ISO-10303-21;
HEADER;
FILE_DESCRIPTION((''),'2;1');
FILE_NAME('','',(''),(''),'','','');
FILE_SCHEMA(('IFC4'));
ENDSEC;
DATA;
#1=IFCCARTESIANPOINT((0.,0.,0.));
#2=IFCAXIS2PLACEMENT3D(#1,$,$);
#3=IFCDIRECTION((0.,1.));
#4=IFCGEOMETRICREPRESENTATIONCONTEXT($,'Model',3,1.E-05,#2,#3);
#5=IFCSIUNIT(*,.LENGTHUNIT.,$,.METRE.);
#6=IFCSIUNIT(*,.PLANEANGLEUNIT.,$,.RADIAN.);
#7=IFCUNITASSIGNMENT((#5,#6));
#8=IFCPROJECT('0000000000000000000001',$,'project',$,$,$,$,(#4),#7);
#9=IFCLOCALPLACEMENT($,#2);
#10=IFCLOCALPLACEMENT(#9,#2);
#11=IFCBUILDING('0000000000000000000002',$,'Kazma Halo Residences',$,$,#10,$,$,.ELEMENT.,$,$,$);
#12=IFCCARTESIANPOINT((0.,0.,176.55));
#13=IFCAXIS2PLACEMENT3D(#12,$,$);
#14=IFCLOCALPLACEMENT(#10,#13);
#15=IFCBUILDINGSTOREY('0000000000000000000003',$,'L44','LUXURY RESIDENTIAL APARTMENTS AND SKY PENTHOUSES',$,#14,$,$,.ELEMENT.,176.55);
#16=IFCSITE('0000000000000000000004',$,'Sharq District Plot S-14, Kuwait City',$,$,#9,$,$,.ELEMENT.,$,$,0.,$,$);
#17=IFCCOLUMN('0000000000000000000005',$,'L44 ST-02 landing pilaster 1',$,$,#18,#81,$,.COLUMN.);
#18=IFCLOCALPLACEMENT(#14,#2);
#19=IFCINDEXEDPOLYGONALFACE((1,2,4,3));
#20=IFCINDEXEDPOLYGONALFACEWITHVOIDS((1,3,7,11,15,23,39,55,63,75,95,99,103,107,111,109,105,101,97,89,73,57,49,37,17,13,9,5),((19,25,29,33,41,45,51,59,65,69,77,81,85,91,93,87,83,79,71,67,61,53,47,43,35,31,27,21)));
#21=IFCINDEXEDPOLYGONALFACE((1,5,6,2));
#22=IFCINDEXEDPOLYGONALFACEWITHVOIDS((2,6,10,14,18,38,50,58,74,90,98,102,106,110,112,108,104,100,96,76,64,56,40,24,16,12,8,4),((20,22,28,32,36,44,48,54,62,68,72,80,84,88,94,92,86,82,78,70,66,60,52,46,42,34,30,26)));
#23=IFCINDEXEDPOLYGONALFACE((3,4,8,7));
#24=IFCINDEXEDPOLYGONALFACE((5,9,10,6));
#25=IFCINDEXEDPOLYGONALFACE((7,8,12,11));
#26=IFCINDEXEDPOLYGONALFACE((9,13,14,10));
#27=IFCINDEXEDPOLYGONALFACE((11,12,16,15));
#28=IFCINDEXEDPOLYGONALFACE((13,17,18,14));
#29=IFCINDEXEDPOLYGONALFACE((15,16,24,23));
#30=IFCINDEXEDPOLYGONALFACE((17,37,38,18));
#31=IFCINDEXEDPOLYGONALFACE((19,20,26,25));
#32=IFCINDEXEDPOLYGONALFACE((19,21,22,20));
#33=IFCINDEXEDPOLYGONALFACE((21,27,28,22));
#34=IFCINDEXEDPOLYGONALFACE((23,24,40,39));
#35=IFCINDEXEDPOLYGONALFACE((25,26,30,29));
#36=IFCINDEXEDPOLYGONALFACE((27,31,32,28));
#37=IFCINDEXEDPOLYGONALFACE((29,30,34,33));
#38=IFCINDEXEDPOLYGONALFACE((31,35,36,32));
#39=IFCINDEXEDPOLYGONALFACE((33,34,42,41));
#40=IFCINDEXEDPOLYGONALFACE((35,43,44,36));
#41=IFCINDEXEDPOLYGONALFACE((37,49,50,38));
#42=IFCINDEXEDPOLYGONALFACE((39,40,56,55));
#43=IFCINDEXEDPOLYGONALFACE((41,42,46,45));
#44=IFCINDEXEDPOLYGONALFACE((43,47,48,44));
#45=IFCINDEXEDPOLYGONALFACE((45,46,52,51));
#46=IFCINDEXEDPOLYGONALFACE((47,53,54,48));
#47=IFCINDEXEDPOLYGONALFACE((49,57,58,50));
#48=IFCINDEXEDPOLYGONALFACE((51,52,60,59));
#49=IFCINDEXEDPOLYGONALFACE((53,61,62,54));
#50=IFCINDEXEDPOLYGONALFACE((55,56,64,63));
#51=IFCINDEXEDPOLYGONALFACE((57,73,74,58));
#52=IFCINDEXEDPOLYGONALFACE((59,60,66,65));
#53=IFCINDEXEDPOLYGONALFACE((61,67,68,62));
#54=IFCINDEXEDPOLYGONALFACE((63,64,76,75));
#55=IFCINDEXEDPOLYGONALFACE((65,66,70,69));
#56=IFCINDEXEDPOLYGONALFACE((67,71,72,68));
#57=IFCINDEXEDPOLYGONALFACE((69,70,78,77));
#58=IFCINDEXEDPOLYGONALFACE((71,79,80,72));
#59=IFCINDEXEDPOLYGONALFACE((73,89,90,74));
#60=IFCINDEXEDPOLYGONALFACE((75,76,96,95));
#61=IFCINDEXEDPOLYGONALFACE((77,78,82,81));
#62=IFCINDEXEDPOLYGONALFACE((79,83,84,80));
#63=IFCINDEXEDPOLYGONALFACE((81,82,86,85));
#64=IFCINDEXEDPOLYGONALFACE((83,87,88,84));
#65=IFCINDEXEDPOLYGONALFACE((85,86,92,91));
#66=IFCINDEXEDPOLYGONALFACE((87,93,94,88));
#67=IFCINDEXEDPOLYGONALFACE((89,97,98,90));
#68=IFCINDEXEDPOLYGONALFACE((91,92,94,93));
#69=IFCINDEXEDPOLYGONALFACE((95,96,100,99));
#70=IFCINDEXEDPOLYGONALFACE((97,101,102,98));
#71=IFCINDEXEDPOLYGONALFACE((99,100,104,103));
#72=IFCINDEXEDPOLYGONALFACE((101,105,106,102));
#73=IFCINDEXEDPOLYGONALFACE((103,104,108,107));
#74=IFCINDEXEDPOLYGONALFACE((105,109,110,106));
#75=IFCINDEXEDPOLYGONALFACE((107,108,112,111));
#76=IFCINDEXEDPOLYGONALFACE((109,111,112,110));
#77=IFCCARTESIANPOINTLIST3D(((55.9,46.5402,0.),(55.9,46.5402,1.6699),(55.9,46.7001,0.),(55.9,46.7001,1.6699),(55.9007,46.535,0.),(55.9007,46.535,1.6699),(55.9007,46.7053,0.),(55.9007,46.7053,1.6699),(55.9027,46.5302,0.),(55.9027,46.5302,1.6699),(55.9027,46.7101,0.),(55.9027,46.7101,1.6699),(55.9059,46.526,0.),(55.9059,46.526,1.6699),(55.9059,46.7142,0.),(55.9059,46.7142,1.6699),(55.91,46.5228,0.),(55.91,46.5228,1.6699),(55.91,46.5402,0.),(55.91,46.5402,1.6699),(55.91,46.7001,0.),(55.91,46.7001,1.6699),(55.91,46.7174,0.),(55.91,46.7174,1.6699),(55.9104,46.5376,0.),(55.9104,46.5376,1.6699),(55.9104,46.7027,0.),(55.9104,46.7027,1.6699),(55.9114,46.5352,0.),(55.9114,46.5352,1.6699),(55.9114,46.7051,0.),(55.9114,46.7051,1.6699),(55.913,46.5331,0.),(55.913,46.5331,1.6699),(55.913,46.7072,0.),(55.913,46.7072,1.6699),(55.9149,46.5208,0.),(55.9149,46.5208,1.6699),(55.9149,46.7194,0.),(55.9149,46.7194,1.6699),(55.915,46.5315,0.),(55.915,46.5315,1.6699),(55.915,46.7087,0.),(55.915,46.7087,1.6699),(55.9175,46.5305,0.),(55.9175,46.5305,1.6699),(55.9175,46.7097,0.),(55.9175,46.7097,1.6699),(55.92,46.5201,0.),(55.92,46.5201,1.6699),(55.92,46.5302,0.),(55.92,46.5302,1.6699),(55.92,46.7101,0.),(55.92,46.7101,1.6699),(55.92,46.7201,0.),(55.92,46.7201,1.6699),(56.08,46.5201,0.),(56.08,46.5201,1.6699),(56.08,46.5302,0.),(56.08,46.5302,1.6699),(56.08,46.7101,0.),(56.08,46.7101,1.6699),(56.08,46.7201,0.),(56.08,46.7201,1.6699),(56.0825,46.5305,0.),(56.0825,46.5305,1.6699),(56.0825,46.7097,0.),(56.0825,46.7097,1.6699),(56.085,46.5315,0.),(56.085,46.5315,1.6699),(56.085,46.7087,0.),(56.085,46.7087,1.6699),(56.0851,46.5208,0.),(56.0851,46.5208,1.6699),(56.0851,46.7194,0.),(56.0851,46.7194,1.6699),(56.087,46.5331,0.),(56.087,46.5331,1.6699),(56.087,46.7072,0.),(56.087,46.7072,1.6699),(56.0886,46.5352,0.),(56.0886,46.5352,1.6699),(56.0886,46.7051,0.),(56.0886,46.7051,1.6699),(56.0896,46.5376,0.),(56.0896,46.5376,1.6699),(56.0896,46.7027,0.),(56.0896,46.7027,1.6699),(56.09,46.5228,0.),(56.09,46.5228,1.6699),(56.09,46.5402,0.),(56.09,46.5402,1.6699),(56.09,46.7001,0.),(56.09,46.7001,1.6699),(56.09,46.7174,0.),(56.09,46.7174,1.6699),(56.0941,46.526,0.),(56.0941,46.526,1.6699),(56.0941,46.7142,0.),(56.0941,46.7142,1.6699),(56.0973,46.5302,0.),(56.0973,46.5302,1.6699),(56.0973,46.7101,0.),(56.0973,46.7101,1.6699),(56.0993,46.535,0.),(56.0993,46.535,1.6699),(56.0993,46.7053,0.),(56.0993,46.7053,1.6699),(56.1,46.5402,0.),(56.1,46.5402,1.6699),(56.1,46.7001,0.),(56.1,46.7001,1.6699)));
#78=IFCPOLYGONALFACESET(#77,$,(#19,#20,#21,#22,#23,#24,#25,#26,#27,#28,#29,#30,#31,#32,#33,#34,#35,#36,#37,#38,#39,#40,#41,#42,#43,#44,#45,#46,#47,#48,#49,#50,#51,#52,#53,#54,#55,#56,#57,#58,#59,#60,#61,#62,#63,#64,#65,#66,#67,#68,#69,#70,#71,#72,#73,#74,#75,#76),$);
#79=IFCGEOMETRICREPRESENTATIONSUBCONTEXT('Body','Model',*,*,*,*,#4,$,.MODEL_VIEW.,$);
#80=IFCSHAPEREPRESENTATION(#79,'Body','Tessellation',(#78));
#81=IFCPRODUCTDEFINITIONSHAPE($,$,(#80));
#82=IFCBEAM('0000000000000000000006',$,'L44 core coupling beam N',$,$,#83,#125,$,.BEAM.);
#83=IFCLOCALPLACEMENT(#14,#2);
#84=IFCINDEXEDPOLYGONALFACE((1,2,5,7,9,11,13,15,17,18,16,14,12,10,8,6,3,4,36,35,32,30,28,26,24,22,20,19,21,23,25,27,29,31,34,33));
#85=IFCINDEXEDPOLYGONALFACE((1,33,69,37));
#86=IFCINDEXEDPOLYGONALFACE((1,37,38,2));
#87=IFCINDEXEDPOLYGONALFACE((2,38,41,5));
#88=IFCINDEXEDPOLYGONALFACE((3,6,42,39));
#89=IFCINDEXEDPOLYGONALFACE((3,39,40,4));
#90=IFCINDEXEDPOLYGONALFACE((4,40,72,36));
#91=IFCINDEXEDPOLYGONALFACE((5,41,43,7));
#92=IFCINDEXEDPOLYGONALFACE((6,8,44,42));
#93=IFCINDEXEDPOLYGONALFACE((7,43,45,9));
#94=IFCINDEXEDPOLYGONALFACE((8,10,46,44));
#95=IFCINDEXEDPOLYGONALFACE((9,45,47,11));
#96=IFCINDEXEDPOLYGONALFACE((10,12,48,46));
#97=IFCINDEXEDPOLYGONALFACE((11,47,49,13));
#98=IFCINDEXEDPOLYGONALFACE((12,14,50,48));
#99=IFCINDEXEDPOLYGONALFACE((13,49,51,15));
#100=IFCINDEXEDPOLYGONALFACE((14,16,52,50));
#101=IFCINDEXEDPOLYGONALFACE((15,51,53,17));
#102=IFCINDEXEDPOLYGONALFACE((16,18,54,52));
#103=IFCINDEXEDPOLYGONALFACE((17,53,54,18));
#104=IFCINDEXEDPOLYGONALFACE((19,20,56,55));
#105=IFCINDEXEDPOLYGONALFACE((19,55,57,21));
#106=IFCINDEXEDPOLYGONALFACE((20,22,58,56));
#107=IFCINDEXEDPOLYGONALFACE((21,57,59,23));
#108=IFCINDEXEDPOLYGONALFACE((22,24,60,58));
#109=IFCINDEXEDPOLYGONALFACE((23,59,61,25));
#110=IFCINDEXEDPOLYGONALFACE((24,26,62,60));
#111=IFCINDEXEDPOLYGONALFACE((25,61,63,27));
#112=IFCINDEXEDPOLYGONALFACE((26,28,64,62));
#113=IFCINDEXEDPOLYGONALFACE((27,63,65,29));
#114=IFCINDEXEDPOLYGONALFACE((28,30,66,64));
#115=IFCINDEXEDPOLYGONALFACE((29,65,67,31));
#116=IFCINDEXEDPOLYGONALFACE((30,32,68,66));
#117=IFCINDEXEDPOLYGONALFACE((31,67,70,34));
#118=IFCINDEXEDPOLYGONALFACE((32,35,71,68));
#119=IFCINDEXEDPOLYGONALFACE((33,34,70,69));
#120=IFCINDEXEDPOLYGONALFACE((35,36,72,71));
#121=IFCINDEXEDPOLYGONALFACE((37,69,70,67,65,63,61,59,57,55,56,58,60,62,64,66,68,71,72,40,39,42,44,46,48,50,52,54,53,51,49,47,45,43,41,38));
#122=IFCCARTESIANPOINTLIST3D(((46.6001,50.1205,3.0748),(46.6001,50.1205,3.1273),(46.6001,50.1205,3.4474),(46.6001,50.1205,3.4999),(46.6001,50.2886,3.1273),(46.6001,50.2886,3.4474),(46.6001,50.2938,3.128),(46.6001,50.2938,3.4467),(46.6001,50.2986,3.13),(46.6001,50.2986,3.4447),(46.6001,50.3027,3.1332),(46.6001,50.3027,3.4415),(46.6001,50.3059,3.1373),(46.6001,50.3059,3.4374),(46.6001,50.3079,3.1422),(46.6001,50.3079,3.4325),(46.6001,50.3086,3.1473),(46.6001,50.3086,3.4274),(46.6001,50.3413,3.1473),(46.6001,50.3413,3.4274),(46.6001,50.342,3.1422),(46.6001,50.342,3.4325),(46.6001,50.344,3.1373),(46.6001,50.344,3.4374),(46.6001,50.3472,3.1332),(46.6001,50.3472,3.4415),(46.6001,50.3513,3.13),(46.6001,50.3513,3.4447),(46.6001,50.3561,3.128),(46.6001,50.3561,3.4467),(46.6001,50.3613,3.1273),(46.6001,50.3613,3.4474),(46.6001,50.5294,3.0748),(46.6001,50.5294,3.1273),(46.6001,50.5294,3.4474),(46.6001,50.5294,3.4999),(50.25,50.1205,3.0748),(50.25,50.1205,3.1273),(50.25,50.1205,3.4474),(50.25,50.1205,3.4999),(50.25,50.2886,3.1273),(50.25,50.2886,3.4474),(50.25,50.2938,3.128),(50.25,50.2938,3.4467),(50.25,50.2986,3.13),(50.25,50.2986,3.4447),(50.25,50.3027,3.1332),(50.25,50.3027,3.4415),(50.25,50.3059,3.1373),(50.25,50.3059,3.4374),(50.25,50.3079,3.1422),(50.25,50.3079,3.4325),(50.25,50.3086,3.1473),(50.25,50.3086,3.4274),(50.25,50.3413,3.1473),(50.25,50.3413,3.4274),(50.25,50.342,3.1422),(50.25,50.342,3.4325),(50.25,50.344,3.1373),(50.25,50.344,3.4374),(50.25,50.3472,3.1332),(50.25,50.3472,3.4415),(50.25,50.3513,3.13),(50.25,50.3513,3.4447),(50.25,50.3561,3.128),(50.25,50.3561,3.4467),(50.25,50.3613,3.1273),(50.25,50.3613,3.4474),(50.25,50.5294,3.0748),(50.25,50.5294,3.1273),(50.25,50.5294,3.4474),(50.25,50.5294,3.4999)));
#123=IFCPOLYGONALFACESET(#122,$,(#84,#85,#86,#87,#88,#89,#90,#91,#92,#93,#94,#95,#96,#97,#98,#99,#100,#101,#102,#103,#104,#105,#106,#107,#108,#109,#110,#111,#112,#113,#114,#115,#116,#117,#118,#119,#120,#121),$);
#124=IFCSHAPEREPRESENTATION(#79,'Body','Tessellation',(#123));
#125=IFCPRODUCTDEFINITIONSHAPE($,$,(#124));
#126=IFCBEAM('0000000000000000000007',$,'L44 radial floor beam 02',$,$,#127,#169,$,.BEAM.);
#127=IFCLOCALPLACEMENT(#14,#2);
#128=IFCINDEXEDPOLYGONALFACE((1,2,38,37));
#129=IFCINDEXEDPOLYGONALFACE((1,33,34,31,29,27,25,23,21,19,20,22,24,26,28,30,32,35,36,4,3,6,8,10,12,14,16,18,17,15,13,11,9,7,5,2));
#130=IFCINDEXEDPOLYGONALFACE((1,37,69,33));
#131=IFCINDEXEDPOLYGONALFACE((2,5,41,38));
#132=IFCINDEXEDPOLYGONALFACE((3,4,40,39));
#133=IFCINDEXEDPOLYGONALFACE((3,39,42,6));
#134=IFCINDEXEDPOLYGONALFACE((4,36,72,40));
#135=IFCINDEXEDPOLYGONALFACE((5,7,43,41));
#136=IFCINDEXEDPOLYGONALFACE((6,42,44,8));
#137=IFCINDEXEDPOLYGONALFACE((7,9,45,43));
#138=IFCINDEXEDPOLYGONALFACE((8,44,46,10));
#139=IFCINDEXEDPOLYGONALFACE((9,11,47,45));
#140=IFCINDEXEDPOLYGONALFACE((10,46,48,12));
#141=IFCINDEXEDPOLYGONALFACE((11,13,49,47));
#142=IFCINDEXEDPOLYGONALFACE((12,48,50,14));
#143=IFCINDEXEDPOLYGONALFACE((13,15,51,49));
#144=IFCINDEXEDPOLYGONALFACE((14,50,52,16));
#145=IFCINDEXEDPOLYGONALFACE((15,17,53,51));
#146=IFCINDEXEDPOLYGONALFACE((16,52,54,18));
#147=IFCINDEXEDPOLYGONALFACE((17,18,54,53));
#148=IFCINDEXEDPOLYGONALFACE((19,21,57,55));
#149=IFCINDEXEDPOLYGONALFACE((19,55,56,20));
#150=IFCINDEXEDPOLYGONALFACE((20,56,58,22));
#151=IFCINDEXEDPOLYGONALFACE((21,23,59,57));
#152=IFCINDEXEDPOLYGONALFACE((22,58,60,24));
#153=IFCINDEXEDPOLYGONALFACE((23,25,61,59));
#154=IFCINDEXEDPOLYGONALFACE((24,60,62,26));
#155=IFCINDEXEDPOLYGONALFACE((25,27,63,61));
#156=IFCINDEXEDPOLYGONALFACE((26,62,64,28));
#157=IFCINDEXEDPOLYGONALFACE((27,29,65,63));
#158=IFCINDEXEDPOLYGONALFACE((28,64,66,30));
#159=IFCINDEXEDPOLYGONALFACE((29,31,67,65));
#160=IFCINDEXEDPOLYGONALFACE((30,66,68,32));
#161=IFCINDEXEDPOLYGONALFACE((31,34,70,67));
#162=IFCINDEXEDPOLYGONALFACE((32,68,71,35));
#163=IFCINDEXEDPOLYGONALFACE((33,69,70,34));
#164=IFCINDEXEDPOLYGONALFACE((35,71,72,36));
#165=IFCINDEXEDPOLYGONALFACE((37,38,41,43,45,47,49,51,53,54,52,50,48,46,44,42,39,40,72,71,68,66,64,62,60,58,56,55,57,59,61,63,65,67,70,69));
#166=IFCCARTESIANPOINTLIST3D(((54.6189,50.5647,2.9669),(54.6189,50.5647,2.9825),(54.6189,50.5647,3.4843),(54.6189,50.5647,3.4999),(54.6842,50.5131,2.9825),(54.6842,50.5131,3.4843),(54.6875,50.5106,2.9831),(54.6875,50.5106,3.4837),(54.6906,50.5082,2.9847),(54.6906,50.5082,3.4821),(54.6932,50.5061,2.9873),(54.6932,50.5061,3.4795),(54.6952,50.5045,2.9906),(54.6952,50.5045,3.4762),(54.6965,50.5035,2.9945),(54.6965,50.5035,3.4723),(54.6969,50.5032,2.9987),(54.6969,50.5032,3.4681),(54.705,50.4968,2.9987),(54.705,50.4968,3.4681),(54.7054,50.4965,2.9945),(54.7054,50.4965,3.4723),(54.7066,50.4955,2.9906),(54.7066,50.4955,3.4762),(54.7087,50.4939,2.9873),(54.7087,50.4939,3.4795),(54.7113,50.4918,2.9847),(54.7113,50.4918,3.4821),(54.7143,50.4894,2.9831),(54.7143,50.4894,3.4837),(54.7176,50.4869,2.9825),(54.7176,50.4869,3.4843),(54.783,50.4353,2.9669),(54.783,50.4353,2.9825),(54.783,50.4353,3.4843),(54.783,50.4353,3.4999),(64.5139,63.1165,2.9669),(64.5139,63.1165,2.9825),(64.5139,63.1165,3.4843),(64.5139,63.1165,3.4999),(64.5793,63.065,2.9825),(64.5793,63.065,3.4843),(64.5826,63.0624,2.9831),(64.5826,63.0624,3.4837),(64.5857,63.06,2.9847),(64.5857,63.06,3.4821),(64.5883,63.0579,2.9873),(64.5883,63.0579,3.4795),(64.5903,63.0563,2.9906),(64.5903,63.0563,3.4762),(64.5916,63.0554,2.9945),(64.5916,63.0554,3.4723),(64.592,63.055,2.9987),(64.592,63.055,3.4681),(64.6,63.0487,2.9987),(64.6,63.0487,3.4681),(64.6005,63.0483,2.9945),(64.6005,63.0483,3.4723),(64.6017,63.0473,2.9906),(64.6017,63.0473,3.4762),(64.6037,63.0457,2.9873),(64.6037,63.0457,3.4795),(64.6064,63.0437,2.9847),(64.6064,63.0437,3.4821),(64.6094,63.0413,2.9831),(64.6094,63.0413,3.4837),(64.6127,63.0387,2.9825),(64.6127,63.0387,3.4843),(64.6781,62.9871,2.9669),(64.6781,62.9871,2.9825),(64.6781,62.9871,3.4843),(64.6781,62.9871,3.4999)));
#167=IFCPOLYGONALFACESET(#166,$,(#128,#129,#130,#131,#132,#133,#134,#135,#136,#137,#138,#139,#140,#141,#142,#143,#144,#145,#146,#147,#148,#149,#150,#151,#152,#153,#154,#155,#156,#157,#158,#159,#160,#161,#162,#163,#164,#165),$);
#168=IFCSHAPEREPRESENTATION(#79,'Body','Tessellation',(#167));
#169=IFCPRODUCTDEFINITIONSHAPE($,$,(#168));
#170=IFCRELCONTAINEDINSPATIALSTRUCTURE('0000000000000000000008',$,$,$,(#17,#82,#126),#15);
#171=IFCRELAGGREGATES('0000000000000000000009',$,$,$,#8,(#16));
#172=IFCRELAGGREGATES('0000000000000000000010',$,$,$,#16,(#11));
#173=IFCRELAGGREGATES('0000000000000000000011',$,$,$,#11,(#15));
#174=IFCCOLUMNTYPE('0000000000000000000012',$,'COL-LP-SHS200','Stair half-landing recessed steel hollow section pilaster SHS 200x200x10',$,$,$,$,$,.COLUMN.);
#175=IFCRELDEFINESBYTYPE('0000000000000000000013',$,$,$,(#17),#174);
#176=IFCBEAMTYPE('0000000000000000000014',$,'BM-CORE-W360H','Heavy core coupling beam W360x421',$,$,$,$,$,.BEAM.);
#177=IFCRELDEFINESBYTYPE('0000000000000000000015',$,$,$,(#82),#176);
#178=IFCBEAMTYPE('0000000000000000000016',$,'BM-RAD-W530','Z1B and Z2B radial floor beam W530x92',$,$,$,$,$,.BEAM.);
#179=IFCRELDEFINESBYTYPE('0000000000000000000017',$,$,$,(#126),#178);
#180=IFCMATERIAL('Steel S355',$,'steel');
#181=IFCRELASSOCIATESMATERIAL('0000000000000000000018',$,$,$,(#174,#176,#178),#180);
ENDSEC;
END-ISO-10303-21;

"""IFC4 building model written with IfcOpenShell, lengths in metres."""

from ifc_helpers import new_model, si_unit, direction, frame, origin, origin_2d, place, context, subcontext, project, spatial, hollow_rectangle, i_section, extrude, material, material_profile, profile_set, type_object, element, save


model = new_model("IFC4")

# Units and contexts
model_context = context("Model", 3, precision=1e-05, world=origin(), true_north=direction((0.0, 1.0)))
body_context = subcontext(model_context, "Body", "Model", "MODEL_VIEW")
ifc_project = project(units=[si_unit("LENGTHUNIT", "METRE"), si_unit("PLANEANGLEUNIT", "RADIAN")], contexts=[model_context])

# Site, building, storey
site_placement = place(None, origin())
site = spatial("IfcSite", under=ifc_project, at=site_placement, Name="Sharq District Plot S-14, Kuwait City", CompositionType="ELEMENT", RefElevation=0.0)
building_placement = place(site_placement, origin())
building = spatial("IfcBuilding", under=site, at=building_placement, Name="Kazma Halo Residences", CompositionType="ELEMENT")
storey_placement = place(building_placement, frame((0.0, 0.0, 176.55)))
storey = spatial("IfcBuildingStorey", under=building, at=storey_placement, Name="L44", Description="LUXURY RESIDENTIAL APARTMENTS AND SKY PENTHOUSES", CompositionType="ELEMENT", Elevation=176.55)

# Column
ifc_material_1 = material(Name="Steel S355", Category="steel")
ifc_material_profile_1 = material_profile(ifc_material_1, hollow_rectangle(XDim=0.2, YDim=0.2, WallThickness=0.01, InnerFilletRadius=0.01, OuterFilletRadius=0.02, at=origin_2d()), Name="SHS200x200x10")
ifc_profile_set_1 = profile_set([ifc_material_profile_1], Name="Steel S355")
column_type = type_object("IfcColumnType", Name="COL-LP-SHS200", Description="Stair half-landing recessed steel hollow section pilaster SHS 200x200x10", PredefinedType="COLUMN", material=ifc_profile_set_1)
column_placement = place(storey_placement, frame((56.0, 46.6201, 0.0), z_axis=(0.0, 0.0, 1.0), x_axis=(1.0, 0.0, 0.0)))
element("IfcColumn", 1, at=column_placement, inside=storey, type_object=column_type, Name="L44 ST-02 landing pilaster 1", PredefinedType="COLUMN", context=body_context, shape_type="SweptSolid", body=[
    extrude(hollow_rectangle(XDim=0.2, YDim=0.2, WallThickness=0.01, InnerFilletRadius=0.01, OuterFilletRadius=0.02, at=origin_2d()), origin(), (0.0, 0.0, 1.0), 1.6699),
])

# Beams
ifc_material_profile_2 = material_profile(ifc_material_1, i_section(OverallWidth=0.4089, OverallDepth=0.425, WebThickness=0.0327, FlangeThickness=0.0525, FilletRadius=0.02, at=origin_2d()), Name="W360x421")
ifc_profile_set_2 = profile_set([ifc_material_profile_2], Name="Steel S355")
beam_type_1 = type_object("IfcBeamType", Name="BM-CORE-W360H", Description="Heavy core coupling beam W360x421", PredefinedType="BEAM", material=ifc_profile_set_2)
beam_1_placement = place(storey_placement, frame((46.6001, 50.325, 3.2874), z_axis=(1.0, 0.0, 0.0), x_axis=(0.0, 1.0, 0.0)))
element("IfcBeam", 2, at=beam_1_placement, inside=storey, type_object=beam_type_1, Name="L44 core coupling beam N", PredefinedType="BEAM", context=body_context, shape_type="SweptSolid", body=[
    extrude(i_section(OverallWidth=0.4089, OverallDepth=0.425, WebThickness=0.0327, FlangeThickness=0.0525, FilletRadius=0.02, at=origin_2d()), origin(), (0.0, 0.0, 1.0), 3.6499),
])
ifc_material_profile_3 = material_profile(ifc_material_1, i_section(OverallWidth=0.209, OverallDepth=0.533, WebThickness=0.0103, FlangeThickness=0.0156, FilletRadius=0.0161, at=origin_2d()), Name="W530x92")
ifc_profile_set_3 = profile_set([ifc_material_profile_3], Name="Steel S355")
beam_type_2 = type_object("IfcBeamType", Name="BM-RAD-W530", Description="Z1B and Z2B radial floor beam W530x92", PredefinedType="BEAM", material=ifc_profile_set_3)
beam_2_placement = place(storey_placement, frame((54.7009, 50.5, 3.2334), z_axis=(0.619094, 0.785317, 0.0), x_axis=(-0.785317, 0.619094, 0.0)))
element("IfcBeam", 3, at=beam_2_placement, inside=storey, type_object=beam_type_2, Name="L44 radial floor beam 02", PredefinedType="BEAM", context=body_context, shape_type="SweptSolid", body=[
    extrude(i_section(OverallWidth=0.209, OverallDepth=0.533, WebThickness=0.0103, FlangeThickness=0.0156, FilletRadius=0.0161, at=origin_2d()), origin(), (0.0, 0.0, 1.0), 15.9832),
])

save(model, "model.ifc")
